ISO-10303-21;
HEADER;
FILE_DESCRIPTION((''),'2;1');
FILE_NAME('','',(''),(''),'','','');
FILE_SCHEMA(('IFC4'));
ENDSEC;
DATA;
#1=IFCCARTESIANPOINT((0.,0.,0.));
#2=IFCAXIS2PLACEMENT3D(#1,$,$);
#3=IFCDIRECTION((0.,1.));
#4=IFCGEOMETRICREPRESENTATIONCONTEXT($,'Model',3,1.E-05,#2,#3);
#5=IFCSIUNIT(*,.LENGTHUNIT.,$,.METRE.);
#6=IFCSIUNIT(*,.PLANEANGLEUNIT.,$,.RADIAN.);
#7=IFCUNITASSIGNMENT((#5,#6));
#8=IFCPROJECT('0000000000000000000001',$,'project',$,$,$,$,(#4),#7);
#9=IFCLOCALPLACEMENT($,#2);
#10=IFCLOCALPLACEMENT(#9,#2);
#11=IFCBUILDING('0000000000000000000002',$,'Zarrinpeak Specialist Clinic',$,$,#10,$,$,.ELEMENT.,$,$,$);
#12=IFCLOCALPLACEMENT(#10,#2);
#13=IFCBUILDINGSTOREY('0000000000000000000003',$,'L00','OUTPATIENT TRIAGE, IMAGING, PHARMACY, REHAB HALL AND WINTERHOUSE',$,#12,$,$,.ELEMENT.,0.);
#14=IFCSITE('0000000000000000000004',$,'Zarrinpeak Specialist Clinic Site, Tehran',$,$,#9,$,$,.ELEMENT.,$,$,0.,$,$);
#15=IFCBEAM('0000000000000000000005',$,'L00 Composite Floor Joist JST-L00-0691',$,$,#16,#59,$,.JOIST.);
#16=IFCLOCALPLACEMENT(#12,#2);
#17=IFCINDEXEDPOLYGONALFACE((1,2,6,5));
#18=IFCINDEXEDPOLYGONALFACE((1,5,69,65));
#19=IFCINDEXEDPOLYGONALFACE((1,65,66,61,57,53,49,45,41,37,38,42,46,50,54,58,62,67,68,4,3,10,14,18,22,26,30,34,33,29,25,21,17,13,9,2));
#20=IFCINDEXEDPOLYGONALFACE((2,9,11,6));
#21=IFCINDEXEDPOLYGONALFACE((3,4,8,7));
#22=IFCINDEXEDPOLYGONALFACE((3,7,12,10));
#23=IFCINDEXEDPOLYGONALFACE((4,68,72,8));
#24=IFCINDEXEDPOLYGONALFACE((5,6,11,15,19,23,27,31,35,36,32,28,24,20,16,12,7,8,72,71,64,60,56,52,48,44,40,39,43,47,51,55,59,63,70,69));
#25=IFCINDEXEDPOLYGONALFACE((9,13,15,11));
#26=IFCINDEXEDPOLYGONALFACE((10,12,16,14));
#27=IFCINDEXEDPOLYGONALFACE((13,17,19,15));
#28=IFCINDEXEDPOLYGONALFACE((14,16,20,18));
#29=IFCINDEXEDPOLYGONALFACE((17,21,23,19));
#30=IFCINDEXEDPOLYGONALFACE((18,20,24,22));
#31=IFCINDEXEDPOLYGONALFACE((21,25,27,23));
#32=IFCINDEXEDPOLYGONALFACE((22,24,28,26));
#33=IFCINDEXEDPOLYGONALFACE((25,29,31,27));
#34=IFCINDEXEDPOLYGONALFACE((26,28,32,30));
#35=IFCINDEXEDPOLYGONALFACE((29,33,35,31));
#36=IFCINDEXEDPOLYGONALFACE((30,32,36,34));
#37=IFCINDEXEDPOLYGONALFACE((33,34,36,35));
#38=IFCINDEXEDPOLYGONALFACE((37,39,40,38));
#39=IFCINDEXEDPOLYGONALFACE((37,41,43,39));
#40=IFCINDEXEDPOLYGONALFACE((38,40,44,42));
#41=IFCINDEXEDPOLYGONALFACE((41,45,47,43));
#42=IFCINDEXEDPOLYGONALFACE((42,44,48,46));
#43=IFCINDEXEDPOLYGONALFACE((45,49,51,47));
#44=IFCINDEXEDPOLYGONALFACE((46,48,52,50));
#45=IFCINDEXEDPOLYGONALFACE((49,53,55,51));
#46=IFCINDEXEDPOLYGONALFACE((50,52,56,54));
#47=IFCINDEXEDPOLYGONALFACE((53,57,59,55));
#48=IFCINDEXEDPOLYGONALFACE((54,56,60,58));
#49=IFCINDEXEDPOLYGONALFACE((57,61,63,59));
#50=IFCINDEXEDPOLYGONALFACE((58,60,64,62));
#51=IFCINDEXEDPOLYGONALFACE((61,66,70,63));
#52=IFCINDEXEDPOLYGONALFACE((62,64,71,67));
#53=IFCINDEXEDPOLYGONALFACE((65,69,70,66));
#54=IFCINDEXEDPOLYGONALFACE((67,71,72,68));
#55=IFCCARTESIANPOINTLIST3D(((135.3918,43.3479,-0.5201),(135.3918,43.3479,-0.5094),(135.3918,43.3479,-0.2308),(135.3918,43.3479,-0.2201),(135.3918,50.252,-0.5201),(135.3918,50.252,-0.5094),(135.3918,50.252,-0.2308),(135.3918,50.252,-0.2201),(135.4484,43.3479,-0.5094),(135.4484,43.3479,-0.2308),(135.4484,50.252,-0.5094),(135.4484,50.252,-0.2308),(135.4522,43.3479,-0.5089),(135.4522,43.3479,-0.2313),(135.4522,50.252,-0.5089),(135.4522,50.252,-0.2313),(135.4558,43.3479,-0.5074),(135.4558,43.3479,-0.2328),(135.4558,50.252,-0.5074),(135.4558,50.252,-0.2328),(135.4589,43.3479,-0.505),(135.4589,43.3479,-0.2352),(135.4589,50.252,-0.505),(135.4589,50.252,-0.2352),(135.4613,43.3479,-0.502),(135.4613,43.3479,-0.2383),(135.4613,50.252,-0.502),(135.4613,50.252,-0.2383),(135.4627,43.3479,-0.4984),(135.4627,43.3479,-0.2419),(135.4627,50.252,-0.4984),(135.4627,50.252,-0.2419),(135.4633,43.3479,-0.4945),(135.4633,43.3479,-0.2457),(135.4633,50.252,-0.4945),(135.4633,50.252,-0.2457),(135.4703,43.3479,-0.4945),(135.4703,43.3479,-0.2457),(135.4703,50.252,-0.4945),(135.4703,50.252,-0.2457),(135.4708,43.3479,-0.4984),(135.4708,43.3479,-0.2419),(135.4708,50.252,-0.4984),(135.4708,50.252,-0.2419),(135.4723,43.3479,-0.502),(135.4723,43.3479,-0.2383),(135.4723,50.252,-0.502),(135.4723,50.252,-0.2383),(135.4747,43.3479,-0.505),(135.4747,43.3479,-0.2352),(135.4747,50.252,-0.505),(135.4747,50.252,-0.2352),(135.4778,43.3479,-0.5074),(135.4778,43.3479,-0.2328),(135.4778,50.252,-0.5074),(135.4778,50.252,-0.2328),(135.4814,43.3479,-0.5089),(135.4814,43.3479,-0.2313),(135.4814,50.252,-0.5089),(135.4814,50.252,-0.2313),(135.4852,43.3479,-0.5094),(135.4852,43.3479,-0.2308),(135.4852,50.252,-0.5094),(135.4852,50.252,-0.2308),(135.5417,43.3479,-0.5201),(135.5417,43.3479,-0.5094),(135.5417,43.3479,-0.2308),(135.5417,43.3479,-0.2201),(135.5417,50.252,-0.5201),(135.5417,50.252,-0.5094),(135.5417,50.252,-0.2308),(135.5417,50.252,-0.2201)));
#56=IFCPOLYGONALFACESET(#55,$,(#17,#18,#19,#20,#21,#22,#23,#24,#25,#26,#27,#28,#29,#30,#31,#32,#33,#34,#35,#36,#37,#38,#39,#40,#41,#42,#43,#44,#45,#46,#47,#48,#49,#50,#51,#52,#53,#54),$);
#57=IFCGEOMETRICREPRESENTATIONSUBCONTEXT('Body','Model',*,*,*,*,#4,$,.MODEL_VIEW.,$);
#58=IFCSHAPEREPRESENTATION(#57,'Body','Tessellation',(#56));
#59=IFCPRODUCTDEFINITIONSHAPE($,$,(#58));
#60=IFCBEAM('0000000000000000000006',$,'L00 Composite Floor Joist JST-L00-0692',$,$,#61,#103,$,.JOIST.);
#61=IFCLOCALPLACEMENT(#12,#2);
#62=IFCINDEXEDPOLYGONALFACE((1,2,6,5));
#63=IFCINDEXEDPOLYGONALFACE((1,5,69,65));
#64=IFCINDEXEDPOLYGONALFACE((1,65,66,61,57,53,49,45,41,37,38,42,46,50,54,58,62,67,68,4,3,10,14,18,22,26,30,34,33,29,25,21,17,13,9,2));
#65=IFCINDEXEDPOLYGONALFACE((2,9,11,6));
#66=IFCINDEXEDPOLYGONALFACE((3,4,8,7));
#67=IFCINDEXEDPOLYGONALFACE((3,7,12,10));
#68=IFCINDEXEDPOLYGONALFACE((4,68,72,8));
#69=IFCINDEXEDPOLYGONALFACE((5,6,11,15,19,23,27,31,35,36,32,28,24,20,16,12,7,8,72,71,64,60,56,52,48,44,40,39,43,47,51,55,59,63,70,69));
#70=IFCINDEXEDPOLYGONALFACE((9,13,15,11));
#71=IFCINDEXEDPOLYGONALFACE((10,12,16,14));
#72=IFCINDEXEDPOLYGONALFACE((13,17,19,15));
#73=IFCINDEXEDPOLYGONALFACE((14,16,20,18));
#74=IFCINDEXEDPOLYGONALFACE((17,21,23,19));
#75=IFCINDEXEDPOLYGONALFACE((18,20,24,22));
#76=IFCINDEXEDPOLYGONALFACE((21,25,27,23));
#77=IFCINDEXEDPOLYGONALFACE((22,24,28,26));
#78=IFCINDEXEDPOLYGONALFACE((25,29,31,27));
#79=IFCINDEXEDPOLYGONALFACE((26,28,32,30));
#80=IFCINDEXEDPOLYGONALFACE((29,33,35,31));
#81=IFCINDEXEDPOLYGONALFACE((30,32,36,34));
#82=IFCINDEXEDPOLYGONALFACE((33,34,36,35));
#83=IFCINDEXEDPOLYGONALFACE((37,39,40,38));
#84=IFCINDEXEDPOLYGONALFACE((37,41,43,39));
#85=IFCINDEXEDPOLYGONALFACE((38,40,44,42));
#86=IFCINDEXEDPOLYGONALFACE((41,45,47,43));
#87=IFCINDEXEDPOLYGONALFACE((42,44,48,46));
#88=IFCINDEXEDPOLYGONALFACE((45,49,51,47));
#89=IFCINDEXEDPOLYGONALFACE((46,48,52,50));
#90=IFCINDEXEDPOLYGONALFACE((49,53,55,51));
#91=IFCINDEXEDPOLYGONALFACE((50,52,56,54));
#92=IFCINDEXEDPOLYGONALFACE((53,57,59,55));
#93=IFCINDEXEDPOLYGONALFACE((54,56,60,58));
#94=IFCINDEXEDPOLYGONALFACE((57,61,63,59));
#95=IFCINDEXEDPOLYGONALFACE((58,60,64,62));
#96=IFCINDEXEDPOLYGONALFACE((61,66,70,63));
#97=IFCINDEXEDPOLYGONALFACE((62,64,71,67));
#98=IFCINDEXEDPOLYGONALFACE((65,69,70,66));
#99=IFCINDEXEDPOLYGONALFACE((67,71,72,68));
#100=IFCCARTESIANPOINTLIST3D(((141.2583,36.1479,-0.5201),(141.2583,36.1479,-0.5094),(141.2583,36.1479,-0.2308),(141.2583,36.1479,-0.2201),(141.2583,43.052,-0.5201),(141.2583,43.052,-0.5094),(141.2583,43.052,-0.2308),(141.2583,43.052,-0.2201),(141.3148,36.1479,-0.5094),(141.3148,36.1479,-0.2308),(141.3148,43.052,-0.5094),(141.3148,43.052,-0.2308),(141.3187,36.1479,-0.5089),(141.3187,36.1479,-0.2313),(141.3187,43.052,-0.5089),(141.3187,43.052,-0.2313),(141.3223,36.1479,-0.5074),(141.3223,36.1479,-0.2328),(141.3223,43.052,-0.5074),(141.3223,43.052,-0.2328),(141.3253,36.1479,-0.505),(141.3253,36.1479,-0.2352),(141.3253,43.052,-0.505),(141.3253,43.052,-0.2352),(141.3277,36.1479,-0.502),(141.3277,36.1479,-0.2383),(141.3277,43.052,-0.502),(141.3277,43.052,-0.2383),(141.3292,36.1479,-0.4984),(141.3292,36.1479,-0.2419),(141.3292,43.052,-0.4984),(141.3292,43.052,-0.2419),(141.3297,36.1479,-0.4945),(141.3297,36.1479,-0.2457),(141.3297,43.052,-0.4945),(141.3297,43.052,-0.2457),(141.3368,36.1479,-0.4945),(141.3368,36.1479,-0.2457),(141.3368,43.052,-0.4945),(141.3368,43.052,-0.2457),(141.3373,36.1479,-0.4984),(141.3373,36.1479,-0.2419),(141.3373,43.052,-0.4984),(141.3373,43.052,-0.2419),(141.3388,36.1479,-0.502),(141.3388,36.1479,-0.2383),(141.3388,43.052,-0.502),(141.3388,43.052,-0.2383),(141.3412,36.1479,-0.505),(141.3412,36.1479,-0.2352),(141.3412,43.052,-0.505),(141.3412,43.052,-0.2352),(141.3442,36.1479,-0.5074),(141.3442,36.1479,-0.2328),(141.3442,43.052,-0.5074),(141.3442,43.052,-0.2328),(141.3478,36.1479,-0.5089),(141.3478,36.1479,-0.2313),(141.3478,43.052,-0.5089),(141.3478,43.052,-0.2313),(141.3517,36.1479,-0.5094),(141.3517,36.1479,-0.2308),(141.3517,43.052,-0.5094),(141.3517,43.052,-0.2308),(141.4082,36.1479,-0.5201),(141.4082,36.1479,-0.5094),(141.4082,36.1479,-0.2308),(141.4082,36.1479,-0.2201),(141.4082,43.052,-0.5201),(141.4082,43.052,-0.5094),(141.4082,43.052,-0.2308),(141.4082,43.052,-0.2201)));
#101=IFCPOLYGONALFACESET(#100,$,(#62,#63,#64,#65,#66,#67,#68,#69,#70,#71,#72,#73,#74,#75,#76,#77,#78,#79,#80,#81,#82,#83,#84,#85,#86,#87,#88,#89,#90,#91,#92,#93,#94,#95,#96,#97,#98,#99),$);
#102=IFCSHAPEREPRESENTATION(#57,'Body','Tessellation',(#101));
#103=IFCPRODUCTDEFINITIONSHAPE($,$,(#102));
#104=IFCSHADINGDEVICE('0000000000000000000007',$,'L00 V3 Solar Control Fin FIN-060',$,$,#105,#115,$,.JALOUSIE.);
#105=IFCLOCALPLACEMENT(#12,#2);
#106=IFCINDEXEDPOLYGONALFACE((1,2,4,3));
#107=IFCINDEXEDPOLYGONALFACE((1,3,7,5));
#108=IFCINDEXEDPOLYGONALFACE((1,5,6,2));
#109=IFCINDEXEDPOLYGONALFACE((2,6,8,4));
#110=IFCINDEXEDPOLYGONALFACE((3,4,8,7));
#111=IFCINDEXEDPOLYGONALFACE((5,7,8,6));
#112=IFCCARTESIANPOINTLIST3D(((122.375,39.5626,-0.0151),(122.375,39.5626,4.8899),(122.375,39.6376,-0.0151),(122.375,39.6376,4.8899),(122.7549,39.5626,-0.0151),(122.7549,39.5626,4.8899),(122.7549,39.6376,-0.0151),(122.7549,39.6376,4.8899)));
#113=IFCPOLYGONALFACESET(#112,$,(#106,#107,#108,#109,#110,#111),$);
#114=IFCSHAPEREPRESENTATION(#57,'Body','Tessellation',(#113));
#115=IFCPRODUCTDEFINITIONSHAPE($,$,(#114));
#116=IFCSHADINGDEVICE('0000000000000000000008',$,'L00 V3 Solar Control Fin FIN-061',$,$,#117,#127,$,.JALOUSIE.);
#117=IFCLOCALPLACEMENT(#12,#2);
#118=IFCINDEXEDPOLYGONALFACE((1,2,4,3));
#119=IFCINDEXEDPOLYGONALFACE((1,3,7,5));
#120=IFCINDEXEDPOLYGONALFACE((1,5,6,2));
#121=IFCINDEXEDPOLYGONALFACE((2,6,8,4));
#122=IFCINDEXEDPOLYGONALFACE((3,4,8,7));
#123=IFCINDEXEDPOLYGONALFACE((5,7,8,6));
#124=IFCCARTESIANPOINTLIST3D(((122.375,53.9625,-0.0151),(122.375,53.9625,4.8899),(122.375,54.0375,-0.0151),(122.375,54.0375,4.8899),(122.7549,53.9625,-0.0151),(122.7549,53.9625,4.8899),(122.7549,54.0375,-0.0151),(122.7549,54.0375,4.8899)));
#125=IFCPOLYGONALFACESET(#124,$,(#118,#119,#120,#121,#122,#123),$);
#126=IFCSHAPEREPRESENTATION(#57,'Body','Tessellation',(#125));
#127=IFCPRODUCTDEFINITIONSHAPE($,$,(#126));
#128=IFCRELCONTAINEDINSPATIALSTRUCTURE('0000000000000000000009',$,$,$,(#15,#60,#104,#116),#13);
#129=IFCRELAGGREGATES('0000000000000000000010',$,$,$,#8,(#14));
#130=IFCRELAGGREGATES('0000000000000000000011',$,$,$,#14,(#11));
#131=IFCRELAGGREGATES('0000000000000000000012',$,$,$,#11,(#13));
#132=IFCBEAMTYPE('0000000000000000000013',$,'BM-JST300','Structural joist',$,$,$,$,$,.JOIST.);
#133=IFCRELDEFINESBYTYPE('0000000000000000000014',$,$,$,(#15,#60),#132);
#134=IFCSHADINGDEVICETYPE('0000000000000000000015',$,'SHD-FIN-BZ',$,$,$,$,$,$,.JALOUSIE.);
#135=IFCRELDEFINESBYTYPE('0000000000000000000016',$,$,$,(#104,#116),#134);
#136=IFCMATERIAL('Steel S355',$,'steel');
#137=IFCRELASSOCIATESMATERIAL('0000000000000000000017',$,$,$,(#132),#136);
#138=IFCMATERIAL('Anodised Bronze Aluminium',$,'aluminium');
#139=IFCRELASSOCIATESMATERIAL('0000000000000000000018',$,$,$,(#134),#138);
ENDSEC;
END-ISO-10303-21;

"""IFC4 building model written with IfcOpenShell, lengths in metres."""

from ifc_helpers import new_model, si_unit, direction, frame, origin, origin_2d, place, context, subcontext, project, spatial, rectangle, i_section, extrude, material, material_profile, profile_set, type_object, element, save


model = new_model("IFC4")

# Units and contexts
model_context = context("Model", 3, precision=1e-05, world=origin(), true_north=direction((0.0, 1.0)))
body_context = subcontext(model_context, "Body", "Model", "MODEL_VIEW")
ifc_project = project(units=[si_unit("LENGTHUNIT", "METRE"), si_unit("PLANEANGLEUNIT", "RADIAN")], contexts=[model_context])

# Site, building, storey
site_placement = place(None, origin())
site = spatial("IfcSite", under=ifc_project, at=site_placement, Name="Zarrinpeak Specialist Clinic Site, Tehran", CompositionType="ELEMENT", RefElevation=0.0)
building_placement = place(site_placement, origin())
building = spatial("IfcBuilding", under=site, at=building_placement, Name="Zarrinpeak Specialist Clinic", CompositionType="ELEMENT")
storey_placement = place(building_placement, origin())
storey = spatial("IfcBuildingStorey", under=building, at=storey_placement, Name="L00", Description="OUTPATIENT TRIAGE, IMAGING, PHARMACY, REHAB HALL AND WINTERHOUSE", CompositionType="ELEMENT", Elevation=0.0)

# Beams
ifc_material_1 = material(Name="Steel S355", Category="steel")
ifc_material_profile_1 = material_profile(ifc_material_1, i_section(OverallWidth=0.1499, OverallDepth=0.3, WebThickness=0.0071, FlangeThickness=0.0107, FilletRadius=0.0149, at=origin_2d()), Name="IPE 300")
ifc_profile_set_1 = profile_set([ifc_material_profile_1], Name="Steel S355")
beam_type_1 = type_object("IfcBeamType", Name="BM-JST300", Description="Structural joist", PredefinedType="JOIST", material=ifc_profile_set_1)
for number, where, z_axis, x_axis, name in (
    (1, (135.4668, 43.3479, -0.3701), (0.0, 1.0, 0.0), (-1.0, 0.0, 0.0), "L00 Composite Floor Joist JST-L00-0691"),
    (2, (141.3333, 36.1479, -0.3701), (0.0, 1.0, 0.0), (-1.0, 0.0, 0.0), "L00 Composite Floor Joist JST-L00-0692"),
):
    element("IfcBeam", number, at=place(storey_placement, frame(where, z_axis=z_axis, x_axis=x_axis)), inside=storey, type_object=beam_type_1, Name=name, PredefinedType="JOIST", context=body_context, shape_type="SweptSolid", body=[
        extrude(i_section(OverallWidth=0.1499, OverallDepth=0.3, WebThickness=0.0071, FlangeThickness=0.0107, FilletRadius=0.0149, at=origin_2d()), origin(), (0.0, 0.0, 1.0), 6.9041),
    ])

# Shading devices
ifc_material_2 = material(Name="Anodised Bronze Aluminium", Category="aluminium")
shading_device_type = type_object("IfcShadingDeviceType", Name="SHD-FIN-BZ", PredefinedType="JALOUSIE", material=ifc_material_2)
for number, where, z_axis, x_axis, name in (
    (3, (122.5649, 39.6001, -0.0151), (0.0, 0.0, 1.0), (1.0, 0.0, 0.0), "L00 V3 Solar Control Fin FIN-060"),
    (4, (122.5649, 54.0, -0.0151), (0.0, 0.0, 1.0), (1.0, 0.0, 0.0), "L00 V3 Solar Control Fin FIN-061"),
):
    element("IfcShadingDevice", number, at=place(storey_placement, frame(where, z_axis=z_axis, x_axis=x_axis)), inside=storey, type_object=shading_device_type, Name=name, PredefinedType="JALOUSIE", context=body_context, shape_type="SweptSolid", body=[
        extrude(rectangle(XDim=0.3799, YDim=0.075, at=origin_2d()), origin(), (0.0, 0.0, 1.0), 4.905),
    ])

save(model, "model.ifc")
